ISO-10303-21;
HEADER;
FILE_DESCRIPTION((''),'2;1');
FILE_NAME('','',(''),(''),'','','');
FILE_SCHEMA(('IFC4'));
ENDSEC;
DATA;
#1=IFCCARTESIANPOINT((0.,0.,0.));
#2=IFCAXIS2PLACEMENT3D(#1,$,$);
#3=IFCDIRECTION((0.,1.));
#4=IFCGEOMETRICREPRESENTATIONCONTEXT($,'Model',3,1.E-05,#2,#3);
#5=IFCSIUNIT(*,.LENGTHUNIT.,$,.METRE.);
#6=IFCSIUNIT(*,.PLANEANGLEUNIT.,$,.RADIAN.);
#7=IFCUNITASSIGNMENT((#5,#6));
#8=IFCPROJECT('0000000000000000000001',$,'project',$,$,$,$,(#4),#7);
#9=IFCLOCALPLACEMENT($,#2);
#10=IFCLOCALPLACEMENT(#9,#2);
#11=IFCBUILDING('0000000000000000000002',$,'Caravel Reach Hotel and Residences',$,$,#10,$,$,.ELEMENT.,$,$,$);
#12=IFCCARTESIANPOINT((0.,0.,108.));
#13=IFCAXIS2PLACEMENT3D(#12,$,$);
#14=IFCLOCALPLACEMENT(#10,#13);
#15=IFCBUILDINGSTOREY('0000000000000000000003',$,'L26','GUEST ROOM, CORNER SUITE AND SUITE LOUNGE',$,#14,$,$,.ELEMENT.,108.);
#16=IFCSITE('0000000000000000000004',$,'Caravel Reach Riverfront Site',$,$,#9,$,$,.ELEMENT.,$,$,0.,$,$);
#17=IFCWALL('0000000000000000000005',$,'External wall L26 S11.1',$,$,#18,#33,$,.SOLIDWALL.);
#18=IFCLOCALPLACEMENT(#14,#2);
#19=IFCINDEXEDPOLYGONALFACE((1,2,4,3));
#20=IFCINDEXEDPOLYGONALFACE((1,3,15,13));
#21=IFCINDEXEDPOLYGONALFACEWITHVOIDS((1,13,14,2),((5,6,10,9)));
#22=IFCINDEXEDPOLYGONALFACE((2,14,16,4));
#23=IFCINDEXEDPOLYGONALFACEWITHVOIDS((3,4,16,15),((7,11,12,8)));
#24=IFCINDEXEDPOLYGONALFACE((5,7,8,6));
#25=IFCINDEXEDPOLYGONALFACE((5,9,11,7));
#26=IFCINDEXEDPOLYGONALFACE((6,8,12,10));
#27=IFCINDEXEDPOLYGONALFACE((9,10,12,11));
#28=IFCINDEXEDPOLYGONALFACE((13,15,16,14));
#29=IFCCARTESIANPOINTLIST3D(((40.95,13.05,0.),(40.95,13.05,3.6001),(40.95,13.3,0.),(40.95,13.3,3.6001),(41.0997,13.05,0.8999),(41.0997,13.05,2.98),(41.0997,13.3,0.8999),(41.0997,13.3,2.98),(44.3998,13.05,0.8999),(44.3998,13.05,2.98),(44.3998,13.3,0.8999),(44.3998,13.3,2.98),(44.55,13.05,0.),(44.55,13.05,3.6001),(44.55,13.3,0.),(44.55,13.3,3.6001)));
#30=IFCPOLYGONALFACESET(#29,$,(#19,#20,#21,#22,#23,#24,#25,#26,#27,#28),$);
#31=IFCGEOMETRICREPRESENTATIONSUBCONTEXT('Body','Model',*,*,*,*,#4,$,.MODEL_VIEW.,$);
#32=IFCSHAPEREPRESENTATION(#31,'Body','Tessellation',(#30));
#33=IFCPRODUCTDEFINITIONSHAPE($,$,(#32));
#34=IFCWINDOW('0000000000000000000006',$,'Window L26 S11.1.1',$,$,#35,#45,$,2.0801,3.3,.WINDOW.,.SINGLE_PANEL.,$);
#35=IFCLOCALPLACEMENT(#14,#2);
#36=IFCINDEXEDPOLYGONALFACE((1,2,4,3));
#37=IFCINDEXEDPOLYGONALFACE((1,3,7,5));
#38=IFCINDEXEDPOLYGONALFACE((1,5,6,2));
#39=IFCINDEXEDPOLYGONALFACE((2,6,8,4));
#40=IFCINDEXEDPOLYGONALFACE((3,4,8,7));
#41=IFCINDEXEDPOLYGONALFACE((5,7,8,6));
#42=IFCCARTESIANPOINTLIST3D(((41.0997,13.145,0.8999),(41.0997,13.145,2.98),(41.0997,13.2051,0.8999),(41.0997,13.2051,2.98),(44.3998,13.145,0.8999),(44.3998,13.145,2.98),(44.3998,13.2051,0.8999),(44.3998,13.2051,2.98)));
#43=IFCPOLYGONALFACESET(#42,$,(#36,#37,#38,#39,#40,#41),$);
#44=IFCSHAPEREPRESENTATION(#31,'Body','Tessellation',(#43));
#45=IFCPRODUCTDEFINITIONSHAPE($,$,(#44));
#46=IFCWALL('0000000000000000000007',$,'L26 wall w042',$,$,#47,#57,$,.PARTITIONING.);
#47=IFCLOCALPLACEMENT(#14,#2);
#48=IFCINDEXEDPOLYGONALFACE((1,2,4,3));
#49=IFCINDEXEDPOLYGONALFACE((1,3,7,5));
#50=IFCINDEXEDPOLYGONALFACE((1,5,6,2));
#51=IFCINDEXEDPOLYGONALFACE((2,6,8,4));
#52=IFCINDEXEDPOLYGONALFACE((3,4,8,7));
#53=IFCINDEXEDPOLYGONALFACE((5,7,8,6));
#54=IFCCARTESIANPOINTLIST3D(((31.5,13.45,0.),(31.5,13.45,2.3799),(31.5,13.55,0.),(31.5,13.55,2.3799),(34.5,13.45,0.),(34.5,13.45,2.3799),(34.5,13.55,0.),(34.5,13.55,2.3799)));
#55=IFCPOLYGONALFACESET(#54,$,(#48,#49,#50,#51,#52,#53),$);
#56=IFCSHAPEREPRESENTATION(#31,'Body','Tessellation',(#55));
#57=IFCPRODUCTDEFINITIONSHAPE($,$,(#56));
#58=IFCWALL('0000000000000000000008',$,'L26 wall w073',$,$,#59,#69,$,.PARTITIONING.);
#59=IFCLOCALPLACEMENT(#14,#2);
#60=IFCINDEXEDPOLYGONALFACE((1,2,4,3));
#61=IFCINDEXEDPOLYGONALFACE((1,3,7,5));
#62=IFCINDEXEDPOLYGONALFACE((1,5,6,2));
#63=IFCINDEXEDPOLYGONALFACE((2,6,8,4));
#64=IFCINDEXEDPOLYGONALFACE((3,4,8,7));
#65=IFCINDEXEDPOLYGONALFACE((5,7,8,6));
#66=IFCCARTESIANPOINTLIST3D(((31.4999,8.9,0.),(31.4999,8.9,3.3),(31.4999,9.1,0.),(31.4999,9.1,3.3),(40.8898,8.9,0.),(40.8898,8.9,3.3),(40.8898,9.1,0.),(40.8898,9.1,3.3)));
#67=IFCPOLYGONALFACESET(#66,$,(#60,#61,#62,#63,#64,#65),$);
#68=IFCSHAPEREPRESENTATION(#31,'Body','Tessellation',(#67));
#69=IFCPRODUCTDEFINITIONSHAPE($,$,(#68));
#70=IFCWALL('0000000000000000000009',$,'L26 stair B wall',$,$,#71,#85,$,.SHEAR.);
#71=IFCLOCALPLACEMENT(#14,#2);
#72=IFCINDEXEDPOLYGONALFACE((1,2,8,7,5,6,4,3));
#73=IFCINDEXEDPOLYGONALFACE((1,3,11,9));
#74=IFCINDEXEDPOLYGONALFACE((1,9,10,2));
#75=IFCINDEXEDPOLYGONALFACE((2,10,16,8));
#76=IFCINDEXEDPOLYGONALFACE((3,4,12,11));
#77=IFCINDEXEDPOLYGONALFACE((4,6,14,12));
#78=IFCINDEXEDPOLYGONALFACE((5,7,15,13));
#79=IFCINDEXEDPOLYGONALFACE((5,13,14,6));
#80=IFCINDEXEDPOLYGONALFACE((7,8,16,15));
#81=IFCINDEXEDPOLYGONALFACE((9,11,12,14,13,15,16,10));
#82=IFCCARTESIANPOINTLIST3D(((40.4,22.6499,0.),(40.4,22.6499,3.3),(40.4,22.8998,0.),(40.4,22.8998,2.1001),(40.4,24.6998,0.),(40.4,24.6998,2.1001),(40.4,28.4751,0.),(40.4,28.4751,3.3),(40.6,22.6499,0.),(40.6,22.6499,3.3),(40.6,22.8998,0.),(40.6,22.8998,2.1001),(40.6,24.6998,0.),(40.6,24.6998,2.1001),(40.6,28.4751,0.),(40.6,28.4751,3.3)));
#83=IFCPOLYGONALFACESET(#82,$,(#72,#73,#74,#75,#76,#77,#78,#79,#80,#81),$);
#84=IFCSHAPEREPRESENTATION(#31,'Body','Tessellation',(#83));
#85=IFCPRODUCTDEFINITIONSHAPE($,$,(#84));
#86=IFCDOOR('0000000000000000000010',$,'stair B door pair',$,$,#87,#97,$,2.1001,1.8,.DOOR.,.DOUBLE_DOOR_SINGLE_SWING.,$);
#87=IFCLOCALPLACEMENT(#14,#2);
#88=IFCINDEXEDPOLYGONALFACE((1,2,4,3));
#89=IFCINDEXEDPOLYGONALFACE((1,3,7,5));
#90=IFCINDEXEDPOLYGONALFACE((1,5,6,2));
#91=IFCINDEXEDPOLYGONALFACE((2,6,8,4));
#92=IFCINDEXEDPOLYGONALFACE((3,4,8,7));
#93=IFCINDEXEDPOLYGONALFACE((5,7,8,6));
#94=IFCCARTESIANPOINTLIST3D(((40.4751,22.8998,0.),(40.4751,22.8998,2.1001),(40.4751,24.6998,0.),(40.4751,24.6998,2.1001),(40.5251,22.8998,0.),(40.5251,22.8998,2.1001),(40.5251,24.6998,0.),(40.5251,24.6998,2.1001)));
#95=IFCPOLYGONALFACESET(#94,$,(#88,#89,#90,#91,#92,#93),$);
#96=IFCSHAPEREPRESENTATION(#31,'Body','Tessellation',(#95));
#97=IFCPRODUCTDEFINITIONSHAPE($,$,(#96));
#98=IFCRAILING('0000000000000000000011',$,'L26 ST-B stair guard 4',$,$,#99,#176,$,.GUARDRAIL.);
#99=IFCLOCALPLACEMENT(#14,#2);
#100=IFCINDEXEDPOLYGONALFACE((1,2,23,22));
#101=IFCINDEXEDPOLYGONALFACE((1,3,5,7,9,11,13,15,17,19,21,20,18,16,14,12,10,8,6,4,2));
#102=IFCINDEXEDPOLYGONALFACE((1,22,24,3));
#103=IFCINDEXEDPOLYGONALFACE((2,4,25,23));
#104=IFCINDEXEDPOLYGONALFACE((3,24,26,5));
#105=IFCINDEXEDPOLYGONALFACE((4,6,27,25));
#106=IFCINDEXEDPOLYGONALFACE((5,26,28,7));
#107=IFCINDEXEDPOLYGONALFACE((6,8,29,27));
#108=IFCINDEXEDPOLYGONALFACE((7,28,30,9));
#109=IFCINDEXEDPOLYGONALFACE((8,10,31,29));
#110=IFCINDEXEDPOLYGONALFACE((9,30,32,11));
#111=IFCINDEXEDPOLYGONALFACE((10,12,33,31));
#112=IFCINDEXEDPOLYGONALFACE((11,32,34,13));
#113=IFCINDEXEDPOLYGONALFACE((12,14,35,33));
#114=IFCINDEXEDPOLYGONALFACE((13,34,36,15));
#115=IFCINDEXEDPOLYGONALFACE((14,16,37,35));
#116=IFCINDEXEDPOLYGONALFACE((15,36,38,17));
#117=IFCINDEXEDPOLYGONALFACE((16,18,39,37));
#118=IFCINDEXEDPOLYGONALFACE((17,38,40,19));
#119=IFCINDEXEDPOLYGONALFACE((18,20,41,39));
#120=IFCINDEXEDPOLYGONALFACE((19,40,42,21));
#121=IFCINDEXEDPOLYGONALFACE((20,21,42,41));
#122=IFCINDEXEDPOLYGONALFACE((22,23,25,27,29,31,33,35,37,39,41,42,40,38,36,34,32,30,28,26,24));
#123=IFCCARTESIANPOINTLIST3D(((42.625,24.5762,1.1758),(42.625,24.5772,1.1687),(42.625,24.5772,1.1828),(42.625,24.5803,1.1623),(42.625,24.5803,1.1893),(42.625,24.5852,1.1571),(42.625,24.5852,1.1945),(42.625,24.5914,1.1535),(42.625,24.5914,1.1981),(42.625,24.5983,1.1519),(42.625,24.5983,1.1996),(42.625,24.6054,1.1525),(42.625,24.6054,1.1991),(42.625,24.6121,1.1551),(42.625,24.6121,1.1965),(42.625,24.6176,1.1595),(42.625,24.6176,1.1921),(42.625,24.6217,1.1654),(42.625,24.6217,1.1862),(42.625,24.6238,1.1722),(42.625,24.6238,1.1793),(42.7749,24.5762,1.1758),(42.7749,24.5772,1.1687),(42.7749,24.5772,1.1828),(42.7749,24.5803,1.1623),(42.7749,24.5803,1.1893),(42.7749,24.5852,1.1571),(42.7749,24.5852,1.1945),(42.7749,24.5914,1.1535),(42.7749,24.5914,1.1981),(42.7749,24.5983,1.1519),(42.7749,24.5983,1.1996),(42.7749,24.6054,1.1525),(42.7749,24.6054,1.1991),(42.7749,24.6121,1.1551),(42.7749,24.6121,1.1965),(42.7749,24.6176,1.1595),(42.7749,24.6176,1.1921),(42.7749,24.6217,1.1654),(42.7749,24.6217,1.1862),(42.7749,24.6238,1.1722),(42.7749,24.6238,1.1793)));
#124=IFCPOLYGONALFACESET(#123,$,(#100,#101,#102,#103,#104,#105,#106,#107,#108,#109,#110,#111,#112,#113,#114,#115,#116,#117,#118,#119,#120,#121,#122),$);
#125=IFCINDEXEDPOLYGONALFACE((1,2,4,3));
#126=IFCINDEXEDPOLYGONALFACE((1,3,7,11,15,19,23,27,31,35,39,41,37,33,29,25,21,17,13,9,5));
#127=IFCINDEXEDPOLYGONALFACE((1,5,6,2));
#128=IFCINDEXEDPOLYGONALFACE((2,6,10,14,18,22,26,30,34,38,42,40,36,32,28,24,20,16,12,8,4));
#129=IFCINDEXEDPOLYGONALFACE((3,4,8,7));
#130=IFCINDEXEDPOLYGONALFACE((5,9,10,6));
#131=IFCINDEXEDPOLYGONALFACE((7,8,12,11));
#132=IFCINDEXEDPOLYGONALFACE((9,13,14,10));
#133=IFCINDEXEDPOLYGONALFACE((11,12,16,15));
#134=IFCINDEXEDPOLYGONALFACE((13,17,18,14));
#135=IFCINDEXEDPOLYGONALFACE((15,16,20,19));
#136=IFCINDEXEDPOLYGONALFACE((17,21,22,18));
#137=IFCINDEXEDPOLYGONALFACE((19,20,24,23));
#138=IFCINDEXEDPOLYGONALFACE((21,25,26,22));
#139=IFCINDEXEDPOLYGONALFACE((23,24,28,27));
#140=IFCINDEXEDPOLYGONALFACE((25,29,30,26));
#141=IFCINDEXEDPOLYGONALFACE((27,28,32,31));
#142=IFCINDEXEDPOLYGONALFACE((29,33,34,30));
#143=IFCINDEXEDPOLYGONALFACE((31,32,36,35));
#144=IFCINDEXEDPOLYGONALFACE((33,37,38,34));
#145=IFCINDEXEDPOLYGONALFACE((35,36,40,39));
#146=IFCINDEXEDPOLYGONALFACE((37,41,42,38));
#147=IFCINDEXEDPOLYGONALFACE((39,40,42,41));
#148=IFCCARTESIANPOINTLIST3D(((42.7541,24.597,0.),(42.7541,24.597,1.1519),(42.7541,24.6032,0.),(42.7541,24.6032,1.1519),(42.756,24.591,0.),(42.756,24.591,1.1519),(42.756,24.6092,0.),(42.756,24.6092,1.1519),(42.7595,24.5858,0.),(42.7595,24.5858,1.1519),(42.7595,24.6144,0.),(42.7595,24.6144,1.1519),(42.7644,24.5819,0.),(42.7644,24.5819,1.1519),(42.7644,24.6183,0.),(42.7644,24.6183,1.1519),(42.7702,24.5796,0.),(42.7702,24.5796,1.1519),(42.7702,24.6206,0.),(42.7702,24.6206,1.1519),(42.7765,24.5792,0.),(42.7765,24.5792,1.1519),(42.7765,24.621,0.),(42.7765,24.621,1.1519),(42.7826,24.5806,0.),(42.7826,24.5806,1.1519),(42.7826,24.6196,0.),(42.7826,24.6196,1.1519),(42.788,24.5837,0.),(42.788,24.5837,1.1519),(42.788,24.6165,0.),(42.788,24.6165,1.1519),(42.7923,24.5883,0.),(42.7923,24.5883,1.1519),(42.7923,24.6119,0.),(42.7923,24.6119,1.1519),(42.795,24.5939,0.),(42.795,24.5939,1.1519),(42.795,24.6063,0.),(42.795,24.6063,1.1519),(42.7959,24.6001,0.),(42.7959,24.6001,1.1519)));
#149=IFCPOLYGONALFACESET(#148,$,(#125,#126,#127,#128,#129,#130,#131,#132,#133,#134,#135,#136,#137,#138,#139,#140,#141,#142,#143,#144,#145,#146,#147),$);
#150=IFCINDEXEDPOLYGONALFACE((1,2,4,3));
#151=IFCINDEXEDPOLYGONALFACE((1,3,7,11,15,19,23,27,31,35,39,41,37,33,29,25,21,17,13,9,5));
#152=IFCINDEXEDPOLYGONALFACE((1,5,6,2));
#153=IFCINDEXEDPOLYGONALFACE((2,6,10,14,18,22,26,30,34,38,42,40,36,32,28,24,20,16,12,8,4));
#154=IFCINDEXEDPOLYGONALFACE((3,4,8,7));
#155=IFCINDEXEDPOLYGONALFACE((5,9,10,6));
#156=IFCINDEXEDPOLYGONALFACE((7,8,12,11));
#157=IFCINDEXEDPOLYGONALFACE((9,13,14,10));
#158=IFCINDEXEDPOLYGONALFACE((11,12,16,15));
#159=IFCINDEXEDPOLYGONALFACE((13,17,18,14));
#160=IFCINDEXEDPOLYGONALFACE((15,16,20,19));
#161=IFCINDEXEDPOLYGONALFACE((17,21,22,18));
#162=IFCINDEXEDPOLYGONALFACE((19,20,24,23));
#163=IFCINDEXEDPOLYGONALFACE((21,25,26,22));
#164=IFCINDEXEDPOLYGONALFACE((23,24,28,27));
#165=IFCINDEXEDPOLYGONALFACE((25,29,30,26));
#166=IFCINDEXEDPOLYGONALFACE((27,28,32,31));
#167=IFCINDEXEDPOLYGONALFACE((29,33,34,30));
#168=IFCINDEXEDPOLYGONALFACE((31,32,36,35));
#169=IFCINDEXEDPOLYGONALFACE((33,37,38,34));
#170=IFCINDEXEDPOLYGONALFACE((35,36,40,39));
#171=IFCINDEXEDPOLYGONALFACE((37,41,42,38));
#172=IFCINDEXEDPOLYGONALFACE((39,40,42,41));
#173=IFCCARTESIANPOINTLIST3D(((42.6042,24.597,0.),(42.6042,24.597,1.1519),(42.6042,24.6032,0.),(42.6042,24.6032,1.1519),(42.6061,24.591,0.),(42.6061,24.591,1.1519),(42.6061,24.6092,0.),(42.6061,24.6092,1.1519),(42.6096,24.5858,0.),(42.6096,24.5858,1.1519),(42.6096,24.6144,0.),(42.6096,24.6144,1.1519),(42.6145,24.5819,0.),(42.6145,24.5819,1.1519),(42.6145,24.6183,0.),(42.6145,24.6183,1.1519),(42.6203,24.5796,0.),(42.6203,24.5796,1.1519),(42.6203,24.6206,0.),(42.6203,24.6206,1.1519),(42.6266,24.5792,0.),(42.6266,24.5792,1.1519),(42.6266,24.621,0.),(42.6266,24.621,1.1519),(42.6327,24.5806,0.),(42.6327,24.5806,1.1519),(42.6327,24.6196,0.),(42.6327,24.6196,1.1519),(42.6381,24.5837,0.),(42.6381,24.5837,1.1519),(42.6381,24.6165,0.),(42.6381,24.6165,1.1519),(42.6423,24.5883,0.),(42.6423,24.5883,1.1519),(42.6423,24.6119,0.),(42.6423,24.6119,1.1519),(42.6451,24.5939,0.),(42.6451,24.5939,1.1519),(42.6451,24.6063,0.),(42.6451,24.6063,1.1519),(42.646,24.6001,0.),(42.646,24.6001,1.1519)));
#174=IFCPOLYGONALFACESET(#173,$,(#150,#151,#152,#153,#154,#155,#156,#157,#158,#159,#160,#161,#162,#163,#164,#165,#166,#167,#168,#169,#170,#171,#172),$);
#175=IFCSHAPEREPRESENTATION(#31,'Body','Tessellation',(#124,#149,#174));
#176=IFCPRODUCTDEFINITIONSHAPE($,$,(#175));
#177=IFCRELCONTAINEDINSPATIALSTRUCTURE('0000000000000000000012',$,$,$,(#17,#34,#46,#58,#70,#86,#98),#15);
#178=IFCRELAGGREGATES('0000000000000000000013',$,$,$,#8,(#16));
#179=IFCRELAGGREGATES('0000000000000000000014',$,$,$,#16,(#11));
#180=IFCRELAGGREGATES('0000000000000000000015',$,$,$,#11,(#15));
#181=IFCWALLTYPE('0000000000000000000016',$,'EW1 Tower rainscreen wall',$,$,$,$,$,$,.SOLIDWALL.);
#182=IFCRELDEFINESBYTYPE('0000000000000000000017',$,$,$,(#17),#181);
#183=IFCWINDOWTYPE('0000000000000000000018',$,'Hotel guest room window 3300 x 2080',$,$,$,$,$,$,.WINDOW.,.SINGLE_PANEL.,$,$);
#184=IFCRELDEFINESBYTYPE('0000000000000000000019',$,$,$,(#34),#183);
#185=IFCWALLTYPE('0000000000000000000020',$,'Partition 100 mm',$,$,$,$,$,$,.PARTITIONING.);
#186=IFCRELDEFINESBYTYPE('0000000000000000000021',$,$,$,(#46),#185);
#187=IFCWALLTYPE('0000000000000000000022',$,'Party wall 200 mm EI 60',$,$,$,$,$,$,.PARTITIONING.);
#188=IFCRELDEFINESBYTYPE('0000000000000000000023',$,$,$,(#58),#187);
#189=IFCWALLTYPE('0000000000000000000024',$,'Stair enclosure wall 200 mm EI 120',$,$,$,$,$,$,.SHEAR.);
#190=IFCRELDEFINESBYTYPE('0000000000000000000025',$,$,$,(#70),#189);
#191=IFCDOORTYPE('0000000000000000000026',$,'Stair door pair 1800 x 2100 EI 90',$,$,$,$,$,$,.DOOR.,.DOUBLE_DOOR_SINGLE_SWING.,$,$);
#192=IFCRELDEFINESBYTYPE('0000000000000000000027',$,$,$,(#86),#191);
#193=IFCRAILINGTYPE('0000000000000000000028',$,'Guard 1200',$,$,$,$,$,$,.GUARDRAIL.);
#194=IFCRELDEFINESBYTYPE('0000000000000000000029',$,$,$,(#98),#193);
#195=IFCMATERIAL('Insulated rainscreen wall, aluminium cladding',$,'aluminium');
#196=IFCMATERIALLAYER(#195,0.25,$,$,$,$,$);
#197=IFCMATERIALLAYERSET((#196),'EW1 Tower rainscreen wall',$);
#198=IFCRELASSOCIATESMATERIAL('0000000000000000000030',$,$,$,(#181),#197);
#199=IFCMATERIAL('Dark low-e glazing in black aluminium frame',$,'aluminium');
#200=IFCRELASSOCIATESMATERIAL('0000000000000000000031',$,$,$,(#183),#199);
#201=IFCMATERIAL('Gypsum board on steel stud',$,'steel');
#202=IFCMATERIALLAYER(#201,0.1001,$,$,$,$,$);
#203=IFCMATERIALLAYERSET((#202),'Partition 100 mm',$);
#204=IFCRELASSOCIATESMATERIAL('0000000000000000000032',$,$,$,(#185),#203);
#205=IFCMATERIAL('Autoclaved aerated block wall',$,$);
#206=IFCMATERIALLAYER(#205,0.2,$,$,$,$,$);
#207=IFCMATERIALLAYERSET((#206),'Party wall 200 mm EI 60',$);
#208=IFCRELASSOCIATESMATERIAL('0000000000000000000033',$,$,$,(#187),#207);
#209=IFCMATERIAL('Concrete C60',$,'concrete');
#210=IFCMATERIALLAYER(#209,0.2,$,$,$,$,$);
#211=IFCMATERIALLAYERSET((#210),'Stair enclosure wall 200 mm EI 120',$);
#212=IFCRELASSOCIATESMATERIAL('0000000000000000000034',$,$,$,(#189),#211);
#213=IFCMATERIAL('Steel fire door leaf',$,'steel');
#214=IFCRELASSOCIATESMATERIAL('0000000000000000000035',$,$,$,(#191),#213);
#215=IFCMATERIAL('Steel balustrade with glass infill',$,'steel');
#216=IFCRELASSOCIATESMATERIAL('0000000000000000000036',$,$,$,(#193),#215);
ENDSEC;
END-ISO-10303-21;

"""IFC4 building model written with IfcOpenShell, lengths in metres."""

from ifc_helpers import new_model, si_unit, direction, frame, frame_2d, origin, origin_2d, place, context, subcontext, project, spatial, rectangle, circle, extrude, material, layer, layer_set, type_object, element, fill, save


model = new_model("IFC4")

# Units and contexts
model_context = context("Model", 3, precision=1e-05, world=origin(), true_north=direction((0.0, 1.0)))
body_context = subcontext(model_context, "Body", "Model", "MODEL_VIEW")
ifc_project = project(units=[si_unit("LENGTHUNIT", "METRE"), si_unit("PLANEANGLEUNIT", "RADIAN")], contexts=[model_context])

# Site, building, storey
site_placement = place(None, origin())
site = spatial("IfcSite", under=ifc_project, at=site_placement, Name="Caravel Reach Riverfront Site", CompositionType="ELEMENT", RefElevation=0.0)
building_placement = place(site_placement, origin())
building = spatial("IfcBuilding", under=site, at=building_placement, Name="Caravel Reach Hotel and Residences", CompositionType="ELEMENT")
storey_placement = place(building_placement, frame((0.0, 0.0, 108.0)))
storey = spatial("IfcBuildingStorey", under=building, at=storey_placement, Name="L26", Description="GUEST ROOM, CORNER SUITE AND SUITE LOUNGE", CompositionType="ELEMENT", Elevation=108.0)

# Wall, opening, window
ifc_material_1 = material(Name="Insulated rainscreen wall, aluminium cladding", Category="aluminium")
ifc_layer_1 = layer(ifc_material_1, 0.25)
ifc_layer_set_1 = layer_set([ifc_layer_1], Name="EW1 Tower rainscreen wall")
wall_type_1 = type_object("IfcWallType", Name="EW1 Tower rainscreen wall", PredefinedType="SOLIDWALL", material=ifc_layer_set_1)
wall_1_placement = place(storey_placement, frame((40.95, 13.175, 0.0), z_axis=(0.0, 0.0, 1.0), x_axis=(1.0, 0.0, 0.0)))
wall_1 = element("IfcWall", 1, at=wall_1_placement, inside=storey, type_object=wall_type_1, Name="External wall L26 S11.1", PredefinedType="SOLIDWALL", context=body_context, shape_type="SweptSolid", body=[
    extrude(rectangle(XDim=3.6001, YDim=0.25, at=frame_2d((1.8, 0.0))), origin(), (0.0, 0.0, 1.0), 3.6001),
])
opening_1_placement = place(wall_1_placement, frame((0.1499, 0.0, 0.8999)))
opening_1 = element("IfcOpeningElement", 2, at=opening_1_placement, cuts=wall_1, PredefinedType="OPENING", context=body_context, shape_type="SweptSolid", body=[
    extrude(rectangle(XDim=3.3, YDim=2.0801, at=frame_2d((1.6499, 1.04))), frame((0.0, 0.135, 0.0), z_axis=(0.0, -1.0, 0.0), x_axis=(1.0, 0.0, 0.0)), (0.0, 0.0, 1.0), 0.27),
])
ifc_material_2 = material(Name="Dark low-e glazing in black aluminium frame", Category="aluminium")
window_type = type_object("IfcWindowType", Name="Hotel guest room window 3300 x 2080", PartitioningType="SINGLE_PANEL", PredefinedType="WINDOW", material=ifc_material_2)
window_placement = place(opening_1_placement, origin())
window = element("IfcWindow", 3, at=window_placement, inside=storey, type_object=window_type, Name="Window L26 S11.1.1", OverallHeight=2.0801, OverallWidth=3.3, PartitioningType="SINGLE_PANEL", PredefinedType="WINDOW", context=body_context, shape_type="SweptSolid", body=[
    extrude(rectangle(XDim=3.3, YDim=2.0801, at=frame_2d((1.6499, 1.04))), frame((0.0, 0.03, 0.0), z_axis=(0.0, -1.0, 0.0), x_axis=(1.0, 0.0, 0.0)), (0.0, 0.0, 1.0), 0.0601),
])
fill(opening_1, window)

# Walls
ifc_material_3 = material(Name="Gypsum board on steel stud", Category="steel")
ifc_layer_2 = layer(ifc_material_3, 0.1001)
ifc_layer_set_2 = layer_set([ifc_layer_2], Name="Partition 100 mm")
wall_type_2 = type_object("IfcWallType", Name="Partition 100 mm", PredefinedType="PARTITIONING", material=ifc_layer_set_2)
wall_2_placement = place(storey_placement, frame((31.5, 13.5, 0.0), z_axis=(0.0, 0.0, 1.0), x_axis=(1.0, 0.0, 0.0)))
element("IfcWall", 4, at=wall_2_placement, inside=storey, type_object=wall_type_2, Name="L26 wall w042", PredefinedType="PARTITIONING", context=body_context, shape_type="SweptSolid", body=[
    extrude(rectangle(XDim=3.0, YDim=0.1001, at=frame_2d((1.5, 0.0))), origin(), (0.0, 0.0, 1.0), 2.3799),
])
ifc_material_4 = material(Name="Autoclaved aerated block wall")
ifc_layer_3 = layer(ifc_material_4, 0.2)
ifc_layer_set_3 = layer_set([ifc_layer_3], Name="Party wall 200 mm EI 60")
wall_type_3 = type_object("IfcWallType", Name="Party wall 200 mm EI 60", PredefinedType="PARTITIONING", material=ifc_layer_set_3)
wall_3_placement = place(storey_placement, frame((31.5, 9.0, 0.0), z_axis=(0.0, 0.0, 1.0), x_axis=(1.0, 0.0, 0.0)))
element("IfcWall", 5, at=wall_3_placement, inside=storey, type_object=wall_type_3, Name="L26 wall w073", PredefinedType="PARTITIONING", context=body_context, shape_type="SweptSolid", body=[
    extrude(rectangle(XDim=9.3899, YDim=0.2, at=frame_2d((4.6948, 0.0))), origin(), (0.0, 0.0, 1.0), 3.3),
])

# Wall, opening, door
ifc_material_5 = material(Name="Concrete C60", Category="concrete")
ifc_layer_4 = layer(ifc_material_5, 0.2)
ifc_layer_set_4 = layer_set([ifc_layer_4], Name="Stair enclosure wall 200 mm EI 120")
wall_type_4 = type_object("IfcWallType", Name="Stair enclosure wall 200 mm EI 120", PredefinedType="SHEAR", material=ifc_layer_set_4)
wall_4_placement = place(storey_placement, frame((40.5, 22.6499, 0.0), z_axis=(0.0, 0.0, 1.0), x_axis=(0.0, 1.0, 0.0)))
wall_4 = element("IfcWall", 6, at=wall_4_placement, inside=storey, type_object=wall_type_4, Name="L26 stair B wall", PredefinedType="SHEAR", context=body_context, shape_type="SweptSolid", body=[
    extrude(rectangle(XDim=5.8252, YDim=0.2, at=frame_2d((2.9126, 0.0))), origin(), (0.0, 0.0, 1.0), 3.3),
])
opening_2_placement = place(wall_4_placement, frame((0.25, 0.0, 0.0)))
opening_2 = element("IfcOpeningElement", 7, at=opening_2_placement, cuts=wall_4, PredefinedType="OPENING", context=body_context, shape_type="SweptSolid", body=[
    extrude(rectangle(XDim=1.8, YDim=2.1001, at=frame_2d((0.8999, 1.05))), frame((0.0, 0.1099, 0.0), z_axis=(0.0, -1.0, 0.0), x_axis=(1.0, 0.0, 0.0)), (0.0, 0.0, 1.0), 0.22),
])
ifc_material_6 = material(Name="Steel fire door leaf", Category="steel")
door_type_1 = type_object("IfcDoorType", Name="Stair door pair 1800 x 2100 EI 90", OperationType="DOUBLE_DOOR_SINGLE_SWING", PredefinedType="DOOR", material=ifc_material_6)
door_1_placement = place(opening_2_placement, origin())
door_1 = element("IfcDoor", 8, at=door_1_placement, inside=storey, type_object=door_type_1, Name="stair B door pair", OperationType="DOUBLE_DOOR_SINGLE_SWING", OverallHeight=2.1001, OverallWidth=1.8, PredefinedType="DOOR", context=body_context, shape_type="SweptSolid", body=[
    extrude(rectangle(XDim=1.8, YDim=2.1001, at=frame_2d((0.8999, 1.05))), frame((0.0, 0.0249, 0.0), z_axis=(0.0, -1.0, 0.0), x_axis=(1.0, 0.0, 0.0)), (0.0, 0.0, 1.0), 0.05),
])
fill(opening_2, door_1)

# Railing
ifc_material_7 = material(Name="Steel balustrade with glass infill", Category="steel")
railing_type = type_object("IfcRailingType", Name="Guard 1200", PredefinedType="GUARDRAIL", material=ifc_material_7)
railing_placement = place(storey_placement, frame((42.7749, 24.6001, 0.0)))
element("IfcRailing", 9, at=railing_placement, inside=storey, type_object=railing_type, Name="L26 ST-B stair guard 4", PredefinedType="GUARDRAIL", context=body_context, shape_type="SweptSolid", body=[
    extrude(circle(Radius=0.0239, at=origin_2d()), frame((0.0, 0.0, 1.1758), z_axis=(-1.0, 0.0, 0.0), x_axis=(0.0, -1.0, 0.0)), (0.0, 0.0, 1.0), 0.1499),
    extrude(circle(Radius=0.021, at=origin_2d()), origin(), (0.0, 0.0, 1.0), 1.1519),
    extrude(circle(Radius=0.021, at=origin_2d()), frame((-0.1499, 0.0, 0.0)), (0.0, 0.0, 1.0), 1.1519),
])

save(model, "model.ifc")
